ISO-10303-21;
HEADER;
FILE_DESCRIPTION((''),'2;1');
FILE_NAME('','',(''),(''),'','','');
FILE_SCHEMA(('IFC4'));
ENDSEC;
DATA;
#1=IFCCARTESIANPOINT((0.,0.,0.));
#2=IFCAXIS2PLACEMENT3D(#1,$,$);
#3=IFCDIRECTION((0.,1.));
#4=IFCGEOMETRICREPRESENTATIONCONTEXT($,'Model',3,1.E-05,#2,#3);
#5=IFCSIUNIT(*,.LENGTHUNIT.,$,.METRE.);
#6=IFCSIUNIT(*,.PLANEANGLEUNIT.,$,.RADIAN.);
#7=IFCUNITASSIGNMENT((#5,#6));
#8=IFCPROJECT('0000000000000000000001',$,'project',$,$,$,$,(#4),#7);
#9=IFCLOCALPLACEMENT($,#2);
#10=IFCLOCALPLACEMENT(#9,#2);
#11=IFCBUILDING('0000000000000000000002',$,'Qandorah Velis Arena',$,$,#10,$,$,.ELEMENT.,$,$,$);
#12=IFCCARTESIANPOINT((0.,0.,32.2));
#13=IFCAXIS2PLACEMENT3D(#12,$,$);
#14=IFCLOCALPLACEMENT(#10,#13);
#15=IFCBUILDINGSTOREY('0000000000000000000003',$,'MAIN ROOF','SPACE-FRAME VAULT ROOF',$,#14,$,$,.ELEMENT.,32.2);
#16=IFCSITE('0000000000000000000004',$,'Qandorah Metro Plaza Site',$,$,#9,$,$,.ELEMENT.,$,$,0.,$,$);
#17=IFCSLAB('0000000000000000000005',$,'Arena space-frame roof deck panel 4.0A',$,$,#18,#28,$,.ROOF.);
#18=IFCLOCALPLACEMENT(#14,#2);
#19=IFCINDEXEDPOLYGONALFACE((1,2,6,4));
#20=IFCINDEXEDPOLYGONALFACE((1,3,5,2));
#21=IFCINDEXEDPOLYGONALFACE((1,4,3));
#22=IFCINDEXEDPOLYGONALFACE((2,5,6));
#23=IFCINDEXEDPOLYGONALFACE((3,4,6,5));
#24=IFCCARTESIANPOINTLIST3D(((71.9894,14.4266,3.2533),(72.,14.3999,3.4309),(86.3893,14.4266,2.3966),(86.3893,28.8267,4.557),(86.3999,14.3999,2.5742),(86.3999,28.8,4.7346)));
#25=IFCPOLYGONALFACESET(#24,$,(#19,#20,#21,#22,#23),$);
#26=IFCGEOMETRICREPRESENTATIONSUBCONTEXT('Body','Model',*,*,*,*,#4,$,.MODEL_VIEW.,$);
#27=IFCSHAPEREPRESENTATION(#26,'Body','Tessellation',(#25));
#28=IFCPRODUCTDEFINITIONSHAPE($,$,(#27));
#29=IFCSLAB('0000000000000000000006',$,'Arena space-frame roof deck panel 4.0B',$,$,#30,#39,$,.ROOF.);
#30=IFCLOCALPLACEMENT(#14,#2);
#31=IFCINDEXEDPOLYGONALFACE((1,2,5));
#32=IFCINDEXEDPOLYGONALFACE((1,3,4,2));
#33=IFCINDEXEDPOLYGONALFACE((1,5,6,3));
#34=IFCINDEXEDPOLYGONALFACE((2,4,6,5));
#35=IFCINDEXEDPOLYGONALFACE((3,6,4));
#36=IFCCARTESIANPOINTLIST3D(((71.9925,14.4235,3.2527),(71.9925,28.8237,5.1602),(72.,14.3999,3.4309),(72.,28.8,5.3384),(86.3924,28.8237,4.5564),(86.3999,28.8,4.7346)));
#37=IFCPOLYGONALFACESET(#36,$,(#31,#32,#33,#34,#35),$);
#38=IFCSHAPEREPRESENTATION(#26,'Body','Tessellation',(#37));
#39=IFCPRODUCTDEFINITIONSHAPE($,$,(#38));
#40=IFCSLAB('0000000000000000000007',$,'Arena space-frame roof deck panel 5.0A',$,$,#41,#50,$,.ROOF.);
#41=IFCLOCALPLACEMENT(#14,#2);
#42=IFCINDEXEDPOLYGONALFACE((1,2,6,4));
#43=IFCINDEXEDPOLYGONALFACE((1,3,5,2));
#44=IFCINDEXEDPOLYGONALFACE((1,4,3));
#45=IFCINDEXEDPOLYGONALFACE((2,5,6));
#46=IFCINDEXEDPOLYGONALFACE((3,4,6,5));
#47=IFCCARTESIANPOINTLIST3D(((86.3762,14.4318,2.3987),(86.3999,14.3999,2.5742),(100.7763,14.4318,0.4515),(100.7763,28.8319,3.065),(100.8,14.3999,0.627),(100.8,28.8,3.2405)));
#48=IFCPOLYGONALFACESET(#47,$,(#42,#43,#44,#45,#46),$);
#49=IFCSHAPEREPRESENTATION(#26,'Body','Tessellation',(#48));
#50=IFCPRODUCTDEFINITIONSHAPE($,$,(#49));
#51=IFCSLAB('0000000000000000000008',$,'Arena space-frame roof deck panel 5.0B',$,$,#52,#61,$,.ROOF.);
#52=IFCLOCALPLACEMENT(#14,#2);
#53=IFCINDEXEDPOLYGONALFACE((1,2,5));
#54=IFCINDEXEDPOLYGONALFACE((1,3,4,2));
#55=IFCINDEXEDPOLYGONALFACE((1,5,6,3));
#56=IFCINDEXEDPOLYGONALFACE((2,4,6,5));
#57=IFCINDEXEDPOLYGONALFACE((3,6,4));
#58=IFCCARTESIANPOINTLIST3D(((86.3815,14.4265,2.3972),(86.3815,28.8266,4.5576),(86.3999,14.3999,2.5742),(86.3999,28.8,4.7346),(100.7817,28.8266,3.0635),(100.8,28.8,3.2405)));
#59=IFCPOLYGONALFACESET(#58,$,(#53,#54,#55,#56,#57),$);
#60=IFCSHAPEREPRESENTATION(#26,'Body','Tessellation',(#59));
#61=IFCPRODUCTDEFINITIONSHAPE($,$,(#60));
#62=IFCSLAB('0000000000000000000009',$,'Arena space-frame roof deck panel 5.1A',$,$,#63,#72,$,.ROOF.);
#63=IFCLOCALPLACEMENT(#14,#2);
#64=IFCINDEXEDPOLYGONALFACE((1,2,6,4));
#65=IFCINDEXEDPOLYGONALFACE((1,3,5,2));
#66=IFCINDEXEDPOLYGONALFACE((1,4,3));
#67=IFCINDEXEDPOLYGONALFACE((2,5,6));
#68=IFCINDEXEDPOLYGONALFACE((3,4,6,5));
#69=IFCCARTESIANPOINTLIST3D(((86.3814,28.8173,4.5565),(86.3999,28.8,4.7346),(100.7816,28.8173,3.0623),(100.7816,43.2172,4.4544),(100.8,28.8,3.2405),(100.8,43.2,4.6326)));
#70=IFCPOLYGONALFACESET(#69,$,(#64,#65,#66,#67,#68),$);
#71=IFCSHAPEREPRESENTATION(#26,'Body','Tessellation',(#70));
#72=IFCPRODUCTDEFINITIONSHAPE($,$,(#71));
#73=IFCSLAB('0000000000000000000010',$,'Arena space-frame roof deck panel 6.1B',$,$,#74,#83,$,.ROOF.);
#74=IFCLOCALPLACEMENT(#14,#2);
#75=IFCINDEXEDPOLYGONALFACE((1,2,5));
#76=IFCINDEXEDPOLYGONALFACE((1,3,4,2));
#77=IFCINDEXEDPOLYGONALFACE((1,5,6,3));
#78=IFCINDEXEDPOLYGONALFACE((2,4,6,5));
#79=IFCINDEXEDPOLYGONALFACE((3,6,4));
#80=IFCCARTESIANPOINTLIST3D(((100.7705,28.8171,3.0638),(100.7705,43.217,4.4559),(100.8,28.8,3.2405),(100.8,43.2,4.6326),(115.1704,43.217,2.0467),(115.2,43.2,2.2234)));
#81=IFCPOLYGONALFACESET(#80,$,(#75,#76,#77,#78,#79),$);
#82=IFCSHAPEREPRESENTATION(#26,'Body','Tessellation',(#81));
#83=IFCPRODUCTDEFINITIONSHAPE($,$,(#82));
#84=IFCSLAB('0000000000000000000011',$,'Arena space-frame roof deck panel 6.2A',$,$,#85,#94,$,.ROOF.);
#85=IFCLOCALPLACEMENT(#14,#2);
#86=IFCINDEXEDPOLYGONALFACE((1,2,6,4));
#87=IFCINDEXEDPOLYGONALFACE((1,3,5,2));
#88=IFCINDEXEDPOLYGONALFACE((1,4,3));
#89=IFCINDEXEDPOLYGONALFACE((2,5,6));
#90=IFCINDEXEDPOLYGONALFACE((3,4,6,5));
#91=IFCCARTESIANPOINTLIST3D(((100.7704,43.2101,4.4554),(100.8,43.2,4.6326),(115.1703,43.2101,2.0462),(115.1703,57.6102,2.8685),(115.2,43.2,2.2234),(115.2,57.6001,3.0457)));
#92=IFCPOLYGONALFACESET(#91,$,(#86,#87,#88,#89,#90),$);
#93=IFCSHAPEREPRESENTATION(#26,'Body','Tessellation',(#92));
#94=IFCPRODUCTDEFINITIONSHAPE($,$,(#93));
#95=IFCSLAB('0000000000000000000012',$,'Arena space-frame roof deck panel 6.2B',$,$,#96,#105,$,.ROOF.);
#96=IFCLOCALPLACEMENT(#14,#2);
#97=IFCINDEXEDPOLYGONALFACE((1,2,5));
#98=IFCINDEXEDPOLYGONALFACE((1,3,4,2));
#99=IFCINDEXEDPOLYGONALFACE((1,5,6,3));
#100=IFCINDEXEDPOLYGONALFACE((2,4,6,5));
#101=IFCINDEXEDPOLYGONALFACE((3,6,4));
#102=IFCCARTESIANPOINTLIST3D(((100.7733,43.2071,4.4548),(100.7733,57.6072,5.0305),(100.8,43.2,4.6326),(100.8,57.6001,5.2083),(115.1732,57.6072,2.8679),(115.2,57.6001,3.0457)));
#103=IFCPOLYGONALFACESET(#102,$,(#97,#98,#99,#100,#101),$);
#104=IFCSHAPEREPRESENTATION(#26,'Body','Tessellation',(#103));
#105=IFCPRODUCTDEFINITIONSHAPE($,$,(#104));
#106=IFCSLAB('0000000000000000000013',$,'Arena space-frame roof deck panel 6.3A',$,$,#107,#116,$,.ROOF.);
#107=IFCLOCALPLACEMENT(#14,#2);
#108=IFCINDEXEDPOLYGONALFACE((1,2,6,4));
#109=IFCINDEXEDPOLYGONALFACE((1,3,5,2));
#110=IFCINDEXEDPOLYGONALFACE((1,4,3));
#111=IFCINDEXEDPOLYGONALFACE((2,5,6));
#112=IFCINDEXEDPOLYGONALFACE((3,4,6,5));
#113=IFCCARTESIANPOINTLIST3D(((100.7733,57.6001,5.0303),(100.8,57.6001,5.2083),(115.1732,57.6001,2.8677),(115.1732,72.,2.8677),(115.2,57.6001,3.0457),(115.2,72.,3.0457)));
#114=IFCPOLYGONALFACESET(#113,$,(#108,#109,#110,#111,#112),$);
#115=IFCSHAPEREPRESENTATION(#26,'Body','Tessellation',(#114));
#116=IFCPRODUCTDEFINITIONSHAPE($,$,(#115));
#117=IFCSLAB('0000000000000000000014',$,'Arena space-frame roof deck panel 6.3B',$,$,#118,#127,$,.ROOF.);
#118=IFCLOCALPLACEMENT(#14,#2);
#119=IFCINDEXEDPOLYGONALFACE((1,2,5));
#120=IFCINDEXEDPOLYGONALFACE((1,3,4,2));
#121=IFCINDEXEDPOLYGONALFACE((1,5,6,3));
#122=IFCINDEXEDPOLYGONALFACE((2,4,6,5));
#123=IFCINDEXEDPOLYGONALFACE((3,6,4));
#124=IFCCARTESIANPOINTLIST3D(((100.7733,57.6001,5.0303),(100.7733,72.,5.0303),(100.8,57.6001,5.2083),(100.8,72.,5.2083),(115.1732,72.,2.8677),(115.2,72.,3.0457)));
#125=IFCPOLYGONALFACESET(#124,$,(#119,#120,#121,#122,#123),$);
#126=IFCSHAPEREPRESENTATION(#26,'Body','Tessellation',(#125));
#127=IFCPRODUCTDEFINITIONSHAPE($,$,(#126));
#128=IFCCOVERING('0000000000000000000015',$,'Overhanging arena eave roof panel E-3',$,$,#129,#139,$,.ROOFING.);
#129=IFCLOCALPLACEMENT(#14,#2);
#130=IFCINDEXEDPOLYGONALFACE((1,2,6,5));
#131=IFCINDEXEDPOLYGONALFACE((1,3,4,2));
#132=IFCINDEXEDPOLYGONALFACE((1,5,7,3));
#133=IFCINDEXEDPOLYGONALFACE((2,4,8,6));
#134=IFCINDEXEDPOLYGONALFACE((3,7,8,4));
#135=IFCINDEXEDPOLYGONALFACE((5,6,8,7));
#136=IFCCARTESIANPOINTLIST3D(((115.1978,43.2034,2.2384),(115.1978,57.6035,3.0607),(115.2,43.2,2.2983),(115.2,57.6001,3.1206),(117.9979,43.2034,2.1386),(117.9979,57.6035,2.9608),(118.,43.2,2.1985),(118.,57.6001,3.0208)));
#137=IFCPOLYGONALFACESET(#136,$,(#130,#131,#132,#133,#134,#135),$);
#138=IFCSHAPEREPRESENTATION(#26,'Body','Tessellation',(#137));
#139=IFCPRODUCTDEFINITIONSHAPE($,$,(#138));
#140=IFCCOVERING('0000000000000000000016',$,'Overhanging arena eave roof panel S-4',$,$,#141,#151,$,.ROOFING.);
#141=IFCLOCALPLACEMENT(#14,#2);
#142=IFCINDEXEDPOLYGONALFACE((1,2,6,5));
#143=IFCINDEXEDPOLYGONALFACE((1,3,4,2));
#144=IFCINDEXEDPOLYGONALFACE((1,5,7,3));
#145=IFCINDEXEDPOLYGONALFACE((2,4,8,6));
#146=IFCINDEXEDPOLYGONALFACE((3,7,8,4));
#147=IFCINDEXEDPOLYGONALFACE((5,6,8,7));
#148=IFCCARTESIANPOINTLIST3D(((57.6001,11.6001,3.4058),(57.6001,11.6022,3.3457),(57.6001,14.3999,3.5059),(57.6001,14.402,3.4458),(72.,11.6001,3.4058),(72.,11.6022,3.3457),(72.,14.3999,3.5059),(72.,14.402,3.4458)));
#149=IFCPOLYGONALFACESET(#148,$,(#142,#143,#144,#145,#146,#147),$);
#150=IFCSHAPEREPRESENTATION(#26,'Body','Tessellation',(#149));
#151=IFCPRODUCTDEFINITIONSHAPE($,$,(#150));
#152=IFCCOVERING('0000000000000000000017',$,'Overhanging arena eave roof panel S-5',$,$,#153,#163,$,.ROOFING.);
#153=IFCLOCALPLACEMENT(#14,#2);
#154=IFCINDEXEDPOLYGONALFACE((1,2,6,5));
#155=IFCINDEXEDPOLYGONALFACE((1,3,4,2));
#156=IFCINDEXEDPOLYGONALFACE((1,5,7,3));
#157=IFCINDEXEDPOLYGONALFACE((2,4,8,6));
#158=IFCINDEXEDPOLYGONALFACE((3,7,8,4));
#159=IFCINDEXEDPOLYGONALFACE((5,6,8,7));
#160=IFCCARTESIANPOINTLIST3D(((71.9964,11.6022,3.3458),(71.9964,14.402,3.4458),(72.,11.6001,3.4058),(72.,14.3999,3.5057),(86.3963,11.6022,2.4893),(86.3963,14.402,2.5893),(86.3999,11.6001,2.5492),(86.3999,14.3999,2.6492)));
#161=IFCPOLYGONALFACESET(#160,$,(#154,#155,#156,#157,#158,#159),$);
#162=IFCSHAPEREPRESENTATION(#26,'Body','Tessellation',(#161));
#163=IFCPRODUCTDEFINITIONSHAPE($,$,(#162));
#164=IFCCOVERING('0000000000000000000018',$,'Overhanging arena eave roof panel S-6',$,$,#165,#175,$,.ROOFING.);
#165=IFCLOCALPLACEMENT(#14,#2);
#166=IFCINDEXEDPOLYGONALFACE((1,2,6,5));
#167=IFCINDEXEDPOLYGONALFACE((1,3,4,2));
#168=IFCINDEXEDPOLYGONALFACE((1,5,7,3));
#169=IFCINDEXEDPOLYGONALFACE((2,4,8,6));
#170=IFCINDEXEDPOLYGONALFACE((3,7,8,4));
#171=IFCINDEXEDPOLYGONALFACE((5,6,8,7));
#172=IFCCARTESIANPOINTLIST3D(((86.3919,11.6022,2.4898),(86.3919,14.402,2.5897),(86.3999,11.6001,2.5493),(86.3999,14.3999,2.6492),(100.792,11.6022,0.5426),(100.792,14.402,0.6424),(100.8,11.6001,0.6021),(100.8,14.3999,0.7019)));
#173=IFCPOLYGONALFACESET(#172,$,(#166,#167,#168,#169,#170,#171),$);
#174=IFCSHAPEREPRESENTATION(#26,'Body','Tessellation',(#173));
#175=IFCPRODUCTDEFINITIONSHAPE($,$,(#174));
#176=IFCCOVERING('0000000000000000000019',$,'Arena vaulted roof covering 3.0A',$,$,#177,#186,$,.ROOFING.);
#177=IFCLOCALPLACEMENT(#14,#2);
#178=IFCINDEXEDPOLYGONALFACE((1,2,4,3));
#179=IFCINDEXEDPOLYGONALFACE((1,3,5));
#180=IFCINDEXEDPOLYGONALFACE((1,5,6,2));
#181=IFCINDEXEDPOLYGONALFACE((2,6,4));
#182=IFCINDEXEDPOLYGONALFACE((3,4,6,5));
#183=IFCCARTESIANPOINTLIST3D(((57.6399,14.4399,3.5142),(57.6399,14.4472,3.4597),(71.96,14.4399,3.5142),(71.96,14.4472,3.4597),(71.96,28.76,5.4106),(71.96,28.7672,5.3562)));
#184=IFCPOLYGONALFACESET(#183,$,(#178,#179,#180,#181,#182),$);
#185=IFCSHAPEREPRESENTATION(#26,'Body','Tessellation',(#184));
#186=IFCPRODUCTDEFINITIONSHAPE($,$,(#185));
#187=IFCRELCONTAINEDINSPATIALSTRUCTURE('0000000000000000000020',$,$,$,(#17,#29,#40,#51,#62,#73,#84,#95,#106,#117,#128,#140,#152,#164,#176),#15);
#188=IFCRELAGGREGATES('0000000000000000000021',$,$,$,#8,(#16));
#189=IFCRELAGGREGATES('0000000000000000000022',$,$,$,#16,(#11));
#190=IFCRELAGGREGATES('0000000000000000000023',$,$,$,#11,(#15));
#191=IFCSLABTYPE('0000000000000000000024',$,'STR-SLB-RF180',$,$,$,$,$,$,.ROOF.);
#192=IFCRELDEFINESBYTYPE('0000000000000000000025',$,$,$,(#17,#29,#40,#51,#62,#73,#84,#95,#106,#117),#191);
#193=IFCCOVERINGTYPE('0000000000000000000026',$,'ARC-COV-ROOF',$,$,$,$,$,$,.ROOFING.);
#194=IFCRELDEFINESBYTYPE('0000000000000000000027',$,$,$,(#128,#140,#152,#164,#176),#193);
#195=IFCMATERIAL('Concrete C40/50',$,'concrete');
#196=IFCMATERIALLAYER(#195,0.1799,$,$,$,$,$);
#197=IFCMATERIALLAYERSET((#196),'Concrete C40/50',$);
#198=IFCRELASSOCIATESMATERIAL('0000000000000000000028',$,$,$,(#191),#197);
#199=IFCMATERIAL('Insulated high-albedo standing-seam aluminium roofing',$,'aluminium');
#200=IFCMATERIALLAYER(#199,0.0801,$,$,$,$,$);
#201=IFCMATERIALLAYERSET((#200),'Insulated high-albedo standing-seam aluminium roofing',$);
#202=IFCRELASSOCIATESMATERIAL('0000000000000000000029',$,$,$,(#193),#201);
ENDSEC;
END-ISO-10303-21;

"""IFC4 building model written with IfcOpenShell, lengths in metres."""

from ifc_helpers import new_model, si_unit, direction, frame, origin, place, context, subcontext, project, spatial, polyline, outline, extrude, material, layer, layer_set, type_object, element, save


model = new_model("IFC4")

# Units and contexts
model_context = context("Model", 3, precision=1e-05, world=origin(), true_north=direction((0.0, 1.0)))
body_context = subcontext(model_context, "Body", "Model", "MODEL_VIEW")
ifc_project = project(units=[si_unit("LENGTHUNIT", "METRE"), si_unit("PLANEANGLEUNIT", "RADIAN")], contexts=[model_context])

# Site, building, storey
site_placement = place(None, origin())
site = spatial("IfcSite", under=ifc_project, at=site_placement, Name="Qandorah Metro Plaza Site", CompositionType="ELEMENT", RefElevation=0.0)
building_placement = place(site_placement, origin())
building = spatial("IfcBuilding", under=site, at=building_placement, Name="Qandorah Velis Arena", CompositionType="ELEMENT")
storey_placement = place(building_placement, frame((0.0, 0.0, 32.2)))
storey = spatial("IfcBuildingStorey", under=building, at=storey_placement, Name="MAIN ROOF", Description="SPACE-FRAME VAULT ROOF", CompositionType="ELEMENT", Elevation=32.2)

# Slabs
ifc_material_1 = material(Name="Concrete C40/50", Category="concrete")
ifc_layer_1 = layer(ifc_material_1, 0.1799)
ifc_layer_set_1 = layer_set([ifc_layer_1], Name="Concrete C40/50")
slab_type = type_object("IfcSlabType", Name="STR-SLB-RF180", PredefinedType="ROOF", material=ifc_layer_set_1)
slab_1_placement = place(storey_placement, frame((72.0, 14.3999, 3.4309), z_axis=(0.058733, -0.14811, 0.987225), x_axis=(0.998235, 0.0, -0.059388)))
element("IfcSlab", 1, at=slab_1_placement, inside=storey, type_object=slab_type, Name="Arena space-frame roof deck panel 4.0A", PredefinedType="ROOF", context=body_context, shape_type="SweptSolid", body=[
    extrude(outline(polyline([(0.0, 0.0), (14.4254, 0.0), (14.2971, 14.5607), (0.0, 0.0)])), origin(), (0.0, 0.0, -1.0), 0.1799),
])
slab_2_placement = place(storey_placement, frame((72.0, 14.3999, 3.4309), z_axis=(0.041529, -0.131202, 0.990485), x_axis=(0.705656, 0.705668, 0.063887)))
element("IfcSlab", 2, at=slab_2_placement, inside=storey, type_object=slab_type, Name="Arena space-frame roof deck panel 4.0B", PredefinedType="ROOF", context=body_context, shape_type="SweptSolid", body=[
    extrude(outline(polyline([(0.0, 0.0), (20.4064, 0.0), (10.2836, 10.2592), (0.0, 0.0)])), origin(), (0.0, 0.0, -1.0), 0.1799),
])
slab_3_placement = place(storey_placement, frame((86.3999, 14.3999, 2.5742), z_axis=(0.13189, -0.177016, 0.975331), x_axis=(0.990981, 0.0, -0.134006)))
element("IfcSlab", 3, at=slab_3_placement, inside=storey, type_object=slab_type, Name="Arena space-frame roof deck panel 5.0A", PredefinedType="ROOF", context=body_context, shape_type="SweptSolid", body=[
    extrude(outline(polyline([(0.0, 0.0), (14.5312, 0.0), (14.181, 14.6312), (0.0, 0.0)])), origin(), (0.0, 0.0, -1.0), 0.1799),
])
slab_4_placement = place(storey_placement, frame((86.3999, 14.3999, 2.5742), z_axis=(0.102074, -0.147591, 0.983767), x_axis=(0.706729, 0.706729, 0.032699)))
element("IfcSlab", 4, at=slab_4_placement, inside=storey, type_object=slab_type, Name="Arena space-frame roof deck panel 5.0B", PredefinedType="ROOF", context=body_context, shape_type="SweptSolid", body=[
    extrude(outline(polyline([(0.0, 0.0), (20.3758, 0.0), (10.2476, 10.3449), (0.0, 0.0)])), origin(), (0.0, 0.0, -1.0), 0.1799),
])
slab_5_placement = place(storey_placement, frame((86.3999, 28.8, 4.7346), z_axis=(0.102731, -0.095716, 0.990093), x_axis=(0.99466, 0.0, -0.103205)))
element("IfcSlab", 5, at=slab_5_placement, inside=storey, type_object=slab_type, Name="Arena space-frame roof deck panel 5.1A", PredefinedType="ROOF", context=body_context, shape_type="SweptSolid", body=[
    extrude(outline(polyline([(0.0, 0.0), (14.4775, 0.0), (14.3338, 14.4663), (0.0, 0.0)])), origin(), (0.0, 0.0, -1.0), 0.1799),
])
slab_6_placement = place(storey_placement, frame((100.8, 28.8, 3.2405), z_axis=(0.164267, -0.094918, 0.981839), x_axis=(0.706227, 0.706227, -0.049882)))
element("IfcSlab", 6, at=slab_6_placement, inside=storey, type_object=slab_type, Name="Arena space-frame roof deck panel 6.1B", PredefinedType="ROOF", context=body_context, shape_type="SweptSolid", body=[
    extrude(outline(polyline([(0.0, 0.0), (20.3899, 0.0), (10.1002, 10.3577), (0.0, 0.0)])), origin(), (0.0, 0.0, -1.0), 0.1799),
])
slab_7_placement = place(storey_placement, frame((100.8, 43.2, 4.6326), z_axis=(0.164751, -0.056229, 0.984731), x_axis=(0.986292, 0.0, -0.165012)))
element("IfcSlab", 7, at=slab_7_placement, inside=storey, type_object=slab_type, Name="Arena space-frame roof deck panel 6.2A", PredefinedType="ROOF", context=body_context, shape_type="SweptSolid", body=[
    extrude(outline(polyline([(0.0, 0.0), (14.6, 0.0), (14.4644, 14.423), (0.0, 0.0)])), origin(), (0.0, 0.0, -1.0), 0.1799),
])
slab_8_placement = place(storey_placement, frame((100.8, 43.2, 4.6326), z_axis=(0.1484, -0.039503, 0.988138), x_axis=(0.704964, 0.704976, -0.077689)))
element("IfcSlab", 8, at=slab_8_placement, inside=storey, type_object=slab_type, Name="Arena space-frame roof deck panel 6.2B", PredefinedType="ROOF", context=body_context, shape_type="SweptSolid", body=[
    extrude(outline(polyline([(0.0, 0.0), (20.4264, 0.0), (10.107, 10.2734), (0.0, 0.0)])), origin(), (0.0, 0.0, -1.0), 0.1799),
])
slab_9_placement = place(storey_placement, frame((100.8, 57.6001, 5.2083), z_axis=(0.148516, 0.0, 0.98891), x_axis=(0.98891, 0.0, -0.148516)))
element("IfcSlab", 9, at=slab_9_placement, inside=storey, type_object=slab_type, Name="Arena space-frame roof deck panel 6.3A", PredefinedType="ROOF", context=body_context, shape_type="SweptSolid", body=[
    extrude(outline(polyline([(0.0, 0.0), (14.5614, 0.0), (14.5614, 14.3999), (0.0, 0.0)])), origin(), (0.0, 0.0, -1.0), 0.1799),
])
slab_10_placement = place(storey_placement, frame((100.8, 57.6001, 5.2083), z_axis=(0.148516, 0.0, 0.98891), x_axis=(0.703153, 0.703153, -0.105601)))
element("IfcSlab", 10, at=slab_10_placement, inside=storey, type_object=slab_type, Name="Arena space-frame roof deck panel 6.3B", PredefinedType="ROOF", context=body_context, shape_type="SweptSolid", body=[
    extrude(outline(polyline([(0.0, 0.0), (20.479, 0.0), (10.1253, 10.2389), (0.0, 0.0)])), origin(), (0.0, 0.0, -1.0), 0.1799),
])

# Coverings
ifc_material_2 = material(Name="Insulated high-albedo standing-seam aluminium roofing", Category="aluminium")
ifc_layer_2 = layer(ifc_material_2, 0.0801)
ifc_layer_set_2 = layer_set([ifc_layer_2], Name="Insulated high-albedo standing-seam aluminium roofing")
covering_type = type_object("IfcCoveringType", Name="ARC-COV-ROOF", PredefinedType="ROOFING", material=ifc_layer_set_2)
covering_1_placement = place(storey_placement, frame((115.2, 43.2, 2.2983), z_axis=(0.035581, -0.056972, 0.997742), x_axis=(0.999365, 0.0, -0.035639)))
element("IfcCovering", 11, at=covering_1_placement, inside=storey, type_object=covering_type, Name="Overhanging arena eave roof panel E-3", PredefinedType="ROOFING", context=body_context, shape_type="SweptSolid", body=[
    extrude(outline(polyline([(0.0, 0.0), (2.8018, 0.0), (2.7725, 14.4236), (-0.0293, 14.4236), (0.0, 0.0)])), origin(), (0.0, 0.0, -1.0), 0.0601),
])
covering_2_placement = place(storey_placement, frame((57.6001, 11.6001, 3.4058), z_axis=(0.0, -0.035729, 0.999362), x_axis=(1.0, 0.0, 0.0)))
element("IfcCovering", 12, at=covering_2_placement, inside=storey, type_object=covering_type, Name="Overhanging arena eave roof panel S-4", PredefinedType="ROOFING", context=body_context, shape_type="SweptSolid", body=[
    extrude(outline(polyline([(0.0, 0.0), (14.3999, 0.0), (14.3999, 2.8016), (0.0, 2.8016), (0.0, 0.0)])), origin(), (0.0, 0.0, -1.0), 0.0601),
])
covering_3_placement = place(storey_placement, frame((72.0, 11.6001, 3.4058), z_axis=(0.059342, -0.035622, 0.997602), x_axis=(0.998235, 0.0, -0.059379)))
element("IfcCovering", 13, at=covering_3_placement, inside=storey, type_object=covering_type, Name="Overhanging arena eave roof panel S-5", PredefinedType="ROOFING", context=body_context, shape_type="SweptSolid", body=[
    extrude(outline(polyline([(0.0, 0.0), (14.4253, 0.0), (14.4194, 2.8016), (-0.0059, 2.8016), (0.0, 0.0)])), origin(), (0.0, 0.0, -1.0), 0.0601),
])
covering_4_placement = place(storey_placement, frame((86.3999, 11.6001, 2.5493), z_axis=(0.133922, -0.035321, 0.990362), x_axis=(0.990981, 0.0, -0.134006)))
element("IfcCovering", 14, at=covering_4_placement, inside=storey, type_object=covering_type, Name="Overhanging arena eave roof panel S-6", PredefinedType="ROOFING", context=body_context, shape_type="SweptSolid", body=[
    extrude(outline(polyline([(0.0, 0.0), (14.5312, 0.0), (14.5178, 2.8016), (-0.0134, 2.8016), (0.0, 0.0)])), origin(), (0.0, 0.0, -1.0), 0.0601),
])
covering_5_placement = place(storey_placement, frame((57.6399, 14.4399, 3.5142), z_axis=(0.0, -0.131289, 0.991344), x_axis=(1.0, 0.0, 0.0)))
element("IfcCovering", 15, at=covering_5_placement, inside=storey, type_object=covering_type, Name="Arena vaulted roof covering 3.0A", PredefinedType="ROOFING", context=body_context, shape_type="SweptSolid", body=[
    extrude(outline(polyline([(0.0, 0.0), (14.3201, 0.0), (14.3201, 14.4451), (0.0, 0.0)])), origin(), (0.0, 0.0, -1.0), 0.0549),
])

save(model, "model.ifc")
